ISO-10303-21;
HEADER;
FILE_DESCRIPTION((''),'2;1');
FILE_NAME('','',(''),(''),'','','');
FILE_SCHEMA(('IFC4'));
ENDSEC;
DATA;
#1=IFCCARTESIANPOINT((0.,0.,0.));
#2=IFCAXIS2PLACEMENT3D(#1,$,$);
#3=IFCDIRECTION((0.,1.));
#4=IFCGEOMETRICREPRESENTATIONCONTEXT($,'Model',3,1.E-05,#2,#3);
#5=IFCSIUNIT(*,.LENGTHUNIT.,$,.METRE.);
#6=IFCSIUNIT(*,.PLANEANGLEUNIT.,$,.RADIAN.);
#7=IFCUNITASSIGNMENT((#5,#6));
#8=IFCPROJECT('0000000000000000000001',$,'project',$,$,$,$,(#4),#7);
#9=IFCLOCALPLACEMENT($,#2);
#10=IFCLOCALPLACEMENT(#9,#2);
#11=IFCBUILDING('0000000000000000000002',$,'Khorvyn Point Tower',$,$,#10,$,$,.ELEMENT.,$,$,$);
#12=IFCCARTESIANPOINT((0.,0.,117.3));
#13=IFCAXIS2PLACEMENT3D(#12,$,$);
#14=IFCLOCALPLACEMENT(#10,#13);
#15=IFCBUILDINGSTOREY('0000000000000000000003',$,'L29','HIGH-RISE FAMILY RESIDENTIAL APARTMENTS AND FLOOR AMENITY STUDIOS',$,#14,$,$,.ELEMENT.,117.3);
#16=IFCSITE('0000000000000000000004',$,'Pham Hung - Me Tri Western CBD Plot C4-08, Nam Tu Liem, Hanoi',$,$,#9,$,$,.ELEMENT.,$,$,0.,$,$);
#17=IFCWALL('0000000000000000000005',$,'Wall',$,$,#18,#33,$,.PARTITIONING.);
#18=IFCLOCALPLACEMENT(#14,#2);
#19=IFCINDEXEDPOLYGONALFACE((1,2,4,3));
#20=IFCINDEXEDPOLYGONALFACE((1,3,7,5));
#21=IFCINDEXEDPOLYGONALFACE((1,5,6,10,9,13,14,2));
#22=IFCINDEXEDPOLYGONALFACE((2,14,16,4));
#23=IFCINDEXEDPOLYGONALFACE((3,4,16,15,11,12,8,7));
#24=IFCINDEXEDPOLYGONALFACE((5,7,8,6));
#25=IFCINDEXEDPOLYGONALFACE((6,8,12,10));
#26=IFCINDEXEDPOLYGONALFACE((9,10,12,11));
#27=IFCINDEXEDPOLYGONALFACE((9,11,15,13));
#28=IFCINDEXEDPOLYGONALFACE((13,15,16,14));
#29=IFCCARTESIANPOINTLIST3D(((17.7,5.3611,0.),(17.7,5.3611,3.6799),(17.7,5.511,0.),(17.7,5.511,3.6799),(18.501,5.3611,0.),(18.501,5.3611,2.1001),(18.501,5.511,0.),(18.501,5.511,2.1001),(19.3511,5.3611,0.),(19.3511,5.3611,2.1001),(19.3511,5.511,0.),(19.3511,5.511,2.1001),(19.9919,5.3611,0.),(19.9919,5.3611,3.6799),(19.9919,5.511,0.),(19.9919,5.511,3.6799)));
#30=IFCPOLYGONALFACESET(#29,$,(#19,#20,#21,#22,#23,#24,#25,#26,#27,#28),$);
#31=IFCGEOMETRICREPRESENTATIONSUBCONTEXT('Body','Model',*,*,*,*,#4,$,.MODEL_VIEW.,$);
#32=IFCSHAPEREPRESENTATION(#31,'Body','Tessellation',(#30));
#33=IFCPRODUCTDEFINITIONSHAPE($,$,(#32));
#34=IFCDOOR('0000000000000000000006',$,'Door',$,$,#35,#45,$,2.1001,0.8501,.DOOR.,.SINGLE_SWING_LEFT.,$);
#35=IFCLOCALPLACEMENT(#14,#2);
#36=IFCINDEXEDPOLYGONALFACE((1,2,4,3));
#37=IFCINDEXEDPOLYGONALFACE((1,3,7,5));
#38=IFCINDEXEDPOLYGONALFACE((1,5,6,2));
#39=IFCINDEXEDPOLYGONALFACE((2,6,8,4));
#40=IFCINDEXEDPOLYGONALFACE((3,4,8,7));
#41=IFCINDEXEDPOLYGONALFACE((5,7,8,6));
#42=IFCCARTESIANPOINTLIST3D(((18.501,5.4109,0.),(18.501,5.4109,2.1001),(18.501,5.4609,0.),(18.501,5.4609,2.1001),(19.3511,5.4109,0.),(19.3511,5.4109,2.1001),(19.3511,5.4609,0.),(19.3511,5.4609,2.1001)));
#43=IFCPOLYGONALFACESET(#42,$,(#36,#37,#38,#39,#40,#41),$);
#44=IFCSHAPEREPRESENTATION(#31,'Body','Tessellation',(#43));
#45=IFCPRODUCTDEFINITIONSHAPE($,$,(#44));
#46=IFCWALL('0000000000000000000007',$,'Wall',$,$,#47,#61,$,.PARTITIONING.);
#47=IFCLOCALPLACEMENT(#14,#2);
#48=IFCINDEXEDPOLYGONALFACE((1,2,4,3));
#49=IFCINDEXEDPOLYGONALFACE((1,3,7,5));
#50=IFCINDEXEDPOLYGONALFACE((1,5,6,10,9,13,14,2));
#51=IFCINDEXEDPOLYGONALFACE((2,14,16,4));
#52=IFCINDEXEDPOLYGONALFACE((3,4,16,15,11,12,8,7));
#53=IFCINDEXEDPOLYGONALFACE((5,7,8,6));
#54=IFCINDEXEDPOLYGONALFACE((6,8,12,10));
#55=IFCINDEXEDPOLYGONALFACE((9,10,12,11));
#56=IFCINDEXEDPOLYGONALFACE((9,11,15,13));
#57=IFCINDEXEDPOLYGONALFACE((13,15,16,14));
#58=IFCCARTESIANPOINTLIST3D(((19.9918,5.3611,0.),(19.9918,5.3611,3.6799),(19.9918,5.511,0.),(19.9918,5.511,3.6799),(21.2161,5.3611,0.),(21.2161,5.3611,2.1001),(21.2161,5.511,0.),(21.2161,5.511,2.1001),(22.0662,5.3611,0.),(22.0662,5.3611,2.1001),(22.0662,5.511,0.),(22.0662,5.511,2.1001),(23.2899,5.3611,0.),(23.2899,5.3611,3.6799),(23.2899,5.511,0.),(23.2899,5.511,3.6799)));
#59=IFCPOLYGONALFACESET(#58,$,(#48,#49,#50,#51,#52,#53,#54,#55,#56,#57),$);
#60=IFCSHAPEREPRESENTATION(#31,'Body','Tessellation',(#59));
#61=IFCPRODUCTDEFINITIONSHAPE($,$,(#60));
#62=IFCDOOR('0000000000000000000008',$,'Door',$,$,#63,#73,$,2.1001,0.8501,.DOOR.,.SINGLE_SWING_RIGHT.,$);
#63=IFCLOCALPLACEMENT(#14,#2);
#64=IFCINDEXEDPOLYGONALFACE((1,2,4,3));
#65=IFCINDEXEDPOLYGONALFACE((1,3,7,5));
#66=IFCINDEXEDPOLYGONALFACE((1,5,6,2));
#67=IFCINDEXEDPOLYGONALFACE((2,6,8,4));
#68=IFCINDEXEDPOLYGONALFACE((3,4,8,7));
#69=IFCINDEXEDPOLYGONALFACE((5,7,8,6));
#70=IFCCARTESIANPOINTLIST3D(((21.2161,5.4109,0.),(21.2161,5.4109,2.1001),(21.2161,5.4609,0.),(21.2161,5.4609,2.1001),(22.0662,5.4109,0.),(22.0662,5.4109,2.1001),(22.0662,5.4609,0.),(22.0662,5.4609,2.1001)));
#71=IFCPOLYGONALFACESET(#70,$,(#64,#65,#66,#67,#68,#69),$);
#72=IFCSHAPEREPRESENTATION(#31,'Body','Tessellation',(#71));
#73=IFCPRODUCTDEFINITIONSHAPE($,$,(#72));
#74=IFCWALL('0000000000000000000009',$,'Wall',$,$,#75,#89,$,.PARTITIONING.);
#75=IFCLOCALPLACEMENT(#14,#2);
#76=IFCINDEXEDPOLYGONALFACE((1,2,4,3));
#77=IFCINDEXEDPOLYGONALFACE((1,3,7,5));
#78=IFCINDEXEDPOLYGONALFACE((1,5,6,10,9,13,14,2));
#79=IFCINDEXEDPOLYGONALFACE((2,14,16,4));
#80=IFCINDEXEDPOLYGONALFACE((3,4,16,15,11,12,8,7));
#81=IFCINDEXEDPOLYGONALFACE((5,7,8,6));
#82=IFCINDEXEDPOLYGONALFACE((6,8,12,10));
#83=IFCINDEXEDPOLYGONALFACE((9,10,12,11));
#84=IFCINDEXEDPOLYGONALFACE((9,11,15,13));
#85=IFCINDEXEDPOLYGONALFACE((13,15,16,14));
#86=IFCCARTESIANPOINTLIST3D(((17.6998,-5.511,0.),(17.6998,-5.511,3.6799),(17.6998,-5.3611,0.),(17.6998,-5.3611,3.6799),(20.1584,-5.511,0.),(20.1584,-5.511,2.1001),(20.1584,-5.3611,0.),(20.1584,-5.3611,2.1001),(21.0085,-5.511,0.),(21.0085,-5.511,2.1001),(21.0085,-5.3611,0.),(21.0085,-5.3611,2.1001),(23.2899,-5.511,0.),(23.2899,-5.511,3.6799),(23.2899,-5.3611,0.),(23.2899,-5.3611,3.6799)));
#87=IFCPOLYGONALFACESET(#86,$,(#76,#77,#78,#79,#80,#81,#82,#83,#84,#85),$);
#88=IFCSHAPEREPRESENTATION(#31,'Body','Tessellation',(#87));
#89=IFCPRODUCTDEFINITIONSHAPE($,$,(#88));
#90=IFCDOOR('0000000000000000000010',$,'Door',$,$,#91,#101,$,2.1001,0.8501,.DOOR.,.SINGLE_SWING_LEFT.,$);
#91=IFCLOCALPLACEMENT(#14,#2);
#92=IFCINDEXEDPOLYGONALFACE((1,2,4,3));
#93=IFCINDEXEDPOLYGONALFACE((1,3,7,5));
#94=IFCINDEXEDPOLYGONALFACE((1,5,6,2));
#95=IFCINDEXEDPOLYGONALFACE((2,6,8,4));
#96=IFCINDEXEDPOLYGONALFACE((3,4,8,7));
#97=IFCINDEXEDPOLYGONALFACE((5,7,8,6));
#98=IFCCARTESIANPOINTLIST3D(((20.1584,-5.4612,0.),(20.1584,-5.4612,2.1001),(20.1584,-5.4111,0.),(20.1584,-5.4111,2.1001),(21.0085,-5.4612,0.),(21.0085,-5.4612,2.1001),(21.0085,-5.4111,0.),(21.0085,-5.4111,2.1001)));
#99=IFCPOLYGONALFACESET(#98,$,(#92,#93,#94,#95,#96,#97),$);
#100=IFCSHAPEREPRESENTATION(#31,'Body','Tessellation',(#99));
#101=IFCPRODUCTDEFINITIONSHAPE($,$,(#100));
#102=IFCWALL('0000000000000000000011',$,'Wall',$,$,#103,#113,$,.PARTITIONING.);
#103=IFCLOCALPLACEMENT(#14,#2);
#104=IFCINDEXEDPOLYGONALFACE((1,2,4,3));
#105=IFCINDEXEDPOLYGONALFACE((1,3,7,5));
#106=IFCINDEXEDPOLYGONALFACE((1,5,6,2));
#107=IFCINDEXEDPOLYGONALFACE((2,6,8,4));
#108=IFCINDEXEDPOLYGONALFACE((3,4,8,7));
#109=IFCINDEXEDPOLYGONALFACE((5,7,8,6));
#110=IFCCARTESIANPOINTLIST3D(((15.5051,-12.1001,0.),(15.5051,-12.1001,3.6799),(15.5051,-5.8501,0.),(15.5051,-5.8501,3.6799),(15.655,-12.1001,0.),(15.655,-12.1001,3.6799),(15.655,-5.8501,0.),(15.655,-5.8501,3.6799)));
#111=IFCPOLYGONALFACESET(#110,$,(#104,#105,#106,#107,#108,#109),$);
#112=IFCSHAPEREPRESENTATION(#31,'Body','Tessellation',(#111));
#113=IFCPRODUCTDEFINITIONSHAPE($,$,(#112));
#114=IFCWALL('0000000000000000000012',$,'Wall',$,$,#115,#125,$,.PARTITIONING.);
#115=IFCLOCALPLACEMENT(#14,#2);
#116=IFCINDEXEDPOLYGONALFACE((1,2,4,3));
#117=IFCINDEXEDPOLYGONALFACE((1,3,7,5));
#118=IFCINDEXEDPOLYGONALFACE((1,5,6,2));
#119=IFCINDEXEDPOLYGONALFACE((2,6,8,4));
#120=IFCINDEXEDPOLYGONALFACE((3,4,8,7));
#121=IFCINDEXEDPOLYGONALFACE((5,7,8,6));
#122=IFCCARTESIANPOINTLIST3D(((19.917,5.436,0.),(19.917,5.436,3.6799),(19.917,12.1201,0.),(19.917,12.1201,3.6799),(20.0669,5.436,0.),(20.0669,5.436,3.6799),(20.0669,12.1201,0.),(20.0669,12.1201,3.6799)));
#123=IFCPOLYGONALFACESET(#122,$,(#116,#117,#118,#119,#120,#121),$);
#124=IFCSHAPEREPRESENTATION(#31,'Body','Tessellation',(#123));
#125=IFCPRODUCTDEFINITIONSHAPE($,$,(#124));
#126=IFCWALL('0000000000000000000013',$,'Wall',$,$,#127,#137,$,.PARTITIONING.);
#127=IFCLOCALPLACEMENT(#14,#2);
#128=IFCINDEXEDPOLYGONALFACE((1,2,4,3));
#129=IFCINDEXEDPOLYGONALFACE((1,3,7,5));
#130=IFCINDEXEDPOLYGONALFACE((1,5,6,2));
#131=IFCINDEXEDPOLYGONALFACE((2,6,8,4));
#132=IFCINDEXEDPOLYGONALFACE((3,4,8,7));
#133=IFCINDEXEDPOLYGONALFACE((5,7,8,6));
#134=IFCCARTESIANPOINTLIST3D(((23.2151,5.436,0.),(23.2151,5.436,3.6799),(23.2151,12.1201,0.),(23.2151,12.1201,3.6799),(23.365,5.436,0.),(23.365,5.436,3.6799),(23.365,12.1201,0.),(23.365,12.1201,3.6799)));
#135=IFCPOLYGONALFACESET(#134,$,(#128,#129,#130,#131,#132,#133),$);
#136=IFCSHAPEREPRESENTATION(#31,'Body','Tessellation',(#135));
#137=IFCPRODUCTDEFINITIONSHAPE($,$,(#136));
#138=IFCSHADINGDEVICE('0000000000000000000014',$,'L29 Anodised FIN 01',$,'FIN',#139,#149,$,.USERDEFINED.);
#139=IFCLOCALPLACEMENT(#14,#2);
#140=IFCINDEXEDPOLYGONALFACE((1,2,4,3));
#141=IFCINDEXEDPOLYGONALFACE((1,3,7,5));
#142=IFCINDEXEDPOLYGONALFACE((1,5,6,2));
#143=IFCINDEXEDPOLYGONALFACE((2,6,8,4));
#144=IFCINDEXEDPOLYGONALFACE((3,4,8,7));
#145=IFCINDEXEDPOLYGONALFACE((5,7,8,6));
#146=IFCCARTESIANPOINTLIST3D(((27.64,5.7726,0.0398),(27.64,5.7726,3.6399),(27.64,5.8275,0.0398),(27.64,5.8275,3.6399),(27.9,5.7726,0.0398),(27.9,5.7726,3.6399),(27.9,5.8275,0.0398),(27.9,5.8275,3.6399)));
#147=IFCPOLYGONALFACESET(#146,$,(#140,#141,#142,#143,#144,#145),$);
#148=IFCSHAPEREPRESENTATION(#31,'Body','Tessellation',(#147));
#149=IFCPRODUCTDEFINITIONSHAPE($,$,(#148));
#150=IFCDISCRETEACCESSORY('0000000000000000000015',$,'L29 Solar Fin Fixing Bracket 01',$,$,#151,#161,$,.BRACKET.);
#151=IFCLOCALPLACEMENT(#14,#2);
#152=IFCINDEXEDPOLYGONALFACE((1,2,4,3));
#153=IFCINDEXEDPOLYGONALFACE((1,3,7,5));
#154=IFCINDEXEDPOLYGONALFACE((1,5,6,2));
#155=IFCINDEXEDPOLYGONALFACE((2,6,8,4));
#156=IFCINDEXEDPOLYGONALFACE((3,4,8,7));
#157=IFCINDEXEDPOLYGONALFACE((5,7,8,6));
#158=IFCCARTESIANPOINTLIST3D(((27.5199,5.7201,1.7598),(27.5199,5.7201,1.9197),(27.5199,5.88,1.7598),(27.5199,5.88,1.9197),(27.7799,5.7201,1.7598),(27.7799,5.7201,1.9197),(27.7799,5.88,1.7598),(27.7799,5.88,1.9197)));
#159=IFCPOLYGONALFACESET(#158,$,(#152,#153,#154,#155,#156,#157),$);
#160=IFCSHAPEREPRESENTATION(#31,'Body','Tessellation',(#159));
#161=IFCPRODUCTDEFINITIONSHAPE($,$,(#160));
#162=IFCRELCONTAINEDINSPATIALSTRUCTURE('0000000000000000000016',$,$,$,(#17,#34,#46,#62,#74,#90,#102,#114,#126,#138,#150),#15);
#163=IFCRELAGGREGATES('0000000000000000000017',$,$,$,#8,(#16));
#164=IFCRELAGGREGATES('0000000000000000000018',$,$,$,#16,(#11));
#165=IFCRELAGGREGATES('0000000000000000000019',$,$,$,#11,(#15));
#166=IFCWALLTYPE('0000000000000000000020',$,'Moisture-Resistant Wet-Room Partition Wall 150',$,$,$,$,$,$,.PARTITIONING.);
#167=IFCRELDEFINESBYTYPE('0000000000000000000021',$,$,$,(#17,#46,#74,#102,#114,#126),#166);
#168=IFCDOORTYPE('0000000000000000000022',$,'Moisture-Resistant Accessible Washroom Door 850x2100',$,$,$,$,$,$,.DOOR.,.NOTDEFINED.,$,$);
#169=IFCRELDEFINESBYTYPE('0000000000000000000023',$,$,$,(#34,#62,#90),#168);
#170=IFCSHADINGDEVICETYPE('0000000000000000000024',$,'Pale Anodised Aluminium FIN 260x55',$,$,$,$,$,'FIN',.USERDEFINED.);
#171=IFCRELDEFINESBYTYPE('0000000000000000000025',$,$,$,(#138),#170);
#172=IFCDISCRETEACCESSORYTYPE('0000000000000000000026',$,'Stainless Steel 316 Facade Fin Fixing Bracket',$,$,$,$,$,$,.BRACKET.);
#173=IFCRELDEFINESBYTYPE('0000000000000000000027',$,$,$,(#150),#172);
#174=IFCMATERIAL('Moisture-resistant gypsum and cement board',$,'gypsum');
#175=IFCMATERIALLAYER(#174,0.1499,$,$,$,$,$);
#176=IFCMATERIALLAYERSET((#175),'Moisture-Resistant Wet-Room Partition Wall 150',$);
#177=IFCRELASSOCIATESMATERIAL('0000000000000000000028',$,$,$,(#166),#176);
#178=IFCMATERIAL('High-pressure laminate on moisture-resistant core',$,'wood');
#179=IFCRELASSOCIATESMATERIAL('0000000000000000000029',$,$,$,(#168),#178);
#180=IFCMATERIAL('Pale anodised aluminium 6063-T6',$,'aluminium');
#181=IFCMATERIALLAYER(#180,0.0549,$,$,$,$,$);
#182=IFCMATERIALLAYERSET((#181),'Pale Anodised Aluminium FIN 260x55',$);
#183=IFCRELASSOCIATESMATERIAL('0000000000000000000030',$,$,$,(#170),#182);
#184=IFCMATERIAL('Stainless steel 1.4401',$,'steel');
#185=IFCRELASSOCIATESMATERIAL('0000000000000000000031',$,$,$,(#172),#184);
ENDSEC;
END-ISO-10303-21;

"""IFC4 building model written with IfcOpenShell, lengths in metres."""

from ifc_helpers import new_model, si_unit, direction, frame, frame_2d, origin, origin_2d, place, context, subcontext, project, spatial, rectangle, extrude, material, layer, layer_set, type_object, element, fill, save


model = new_model("IFC4")

# Units and contexts
model_context = context("Model", 3, precision=1e-05, world=origin(), true_north=direction((0.0, 1.0)))
body_context = subcontext(model_context, "Body", "Model", "MODEL_VIEW")
ifc_project = project(units=[si_unit("LENGTHUNIT", "METRE"), si_unit("PLANEANGLEUNIT", "RADIAN")], contexts=[model_context])

# Site, building, storey
site_placement = place(None, origin())
site = spatial("IfcSite", under=ifc_project, at=site_placement, Name="Pham Hung - Me Tri Western CBD Plot C4-08, Nam Tu Liem, Hanoi", CompositionType="ELEMENT", RefElevation=0.0)
building_placement = place(site_placement, origin())
building = spatial("IfcBuilding", under=site, at=building_placement, Name="Khorvyn Point Tower", CompositionType="ELEMENT")
storey_placement = place(building_placement, frame((0.0, 0.0, 117.3)))
storey = spatial("IfcBuildingStorey", under=building, at=storey_placement, Name="L29", Description="HIGH-RISE FAMILY RESIDENTIAL APARTMENTS AND FLOOR AMENITY STUDIOS", CompositionType="ELEMENT", Elevation=117.3)

# Walls, openings, doors
ifc_material_1 = material(Name="Moisture-resistant gypsum and cement board", Category="gypsum")
ifc_layer_1 = layer(ifc_material_1, 0.1499)
ifc_layer_set_1 = layer_set([ifc_layer_1], Name="Moisture-Resistant Wet-Room Partition Wall 150")
wall_type_1 = type_object("IfcWallType", Name="Moisture-Resistant Wet-Room Partition Wall 150", PredefinedType="PARTITIONING", material=ifc_layer_set_1)
wall_1_placement = place(storey_placement, frame((17.7, 5.436, 0.0), z_axis=(0.0, 0.0, 1.0), x_axis=(1.0, 0.0, 0.0)))
wall_1 = element("IfcWall", 1, at=wall_1_placement, inside=storey, type_object=wall_type_1, Name="Wall", PredefinedType="PARTITIONING", context=body_context, shape_type="SweptSolid", body=[
    extrude(rectangle(XDim=2.292, YDim=0.1499, at=frame_2d((1.146, 0.0))), origin(), (0.0, 0.0, 1.0), 3.6799),
])
opening_1_placement = place(wall_1_placement, frame((0.801, 0.0, 0.0)))
opening_1 = element("IfcOpeningElement", 2, at=opening_1_placement, cuts=wall_1, PredefinedType="OPENING", context=body_context, shape_type="SweptSolid", body=[
    extrude(rectangle(XDim=0.8501, YDim=2.1001, at=frame_2d((0.425, 1.05))), frame((0.0, 0.085, 0.0), z_axis=(0.0, -1.0, 0.0), x_axis=(1.0, 0.0, 0.0)), (0.0, 0.0, 1.0), 0.1699),
])
ifc_material_2 = material(Name="High-pressure laminate on moisture-resistant core", Category="wood")
door_type_1 = type_object("IfcDoorType", Name="Moisture-Resistant Accessible Washroom Door 850x2100", OperationType="NOTDEFINED", PredefinedType="DOOR", material=ifc_material_2)
door_1_placement = place(opening_1_placement, origin())
door_1 = element("IfcDoor", 3, at=door_1_placement, inside=storey, type_object=door_type_1, Name="Door", OperationType="SINGLE_SWING_LEFT", OverallHeight=2.1001, OverallWidth=0.8501, PredefinedType="DOOR", context=body_context, shape_type="SweptSolid", body=[
    extrude(rectangle(XDim=0.8501, YDim=2.1001, at=frame_2d((0.425, 1.05))), frame((0.0, 0.0249, 0.0), z_axis=(0.0, -1.0, 0.0), x_axis=(1.0, 0.0, 0.0)), (0.0, 0.0, 1.0), 0.05),
])
fill(opening_1, door_1)
wall_2_placement = place(storey_placement, frame((19.9919, 5.436, 0.0), z_axis=(0.0, 0.0, 1.0), x_axis=(1.0, 0.0, 0.0)))
wall_2 = element("IfcWall", 4, at=wall_2_placement, inside=storey, type_object=wall_type_1, Name="Wall", PredefinedType="PARTITIONING", context=body_context, shape_type="SweptSolid", body=[
    extrude(rectangle(XDim=3.2981, YDim=0.1499, at=frame_2d((1.6489, 0.0))), origin(), (0.0, 0.0, 1.0), 3.6799),
])
opening_2_placement = place(wall_2_placement, frame((1.2241, 0.0, 0.0)))
opening_2 = element("IfcOpeningElement", 5, at=opening_2_placement, cuts=wall_2, PredefinedType="OPENING", context=body_context, shape_type="SweptSolid", body=[
    extrude(rectangle(XDim=0.8501, YDim=2.1001, at=frame_2d((0.425, 1.05))), frame((0.0, 0.085, 0.0), z_axis=(0.0, -1.0, 0.0), x_axis=(1.0, 0.0, 0.0)), (0.0, 0.0, 1.0), 0.1699),
])
door_2_placement = place(opening_2_placement, origin())
door_2 = element("IfcDoor", 6, at=door_2_placement, inside=storey, type_object=door_type_1, Name="Door", OperationType="SINGLE_SWING_RIGHT", OverallHeight=2.1001, OverallWidth=0.8501, PredefinedType="DOOR", context=body_context, shape_type="SweptSolid", body=[
    extrude(rectangle(XDim=0.8501, YDim=2.1001, at=frame_2d((0.425, 1.05))), frame((0.0, 0.0249, 0.0), z_axis=(0.0, -1.0, 0.0), x_axis=(1.0, 0.0, 0.0)), (0.0, 0.0, 1.0), 0.05),
])
fill(opening_2, door_2)
wall_3_placement = place(storey_placement, frame((17.7, -5.436, 0.0), z_axis=(0.0, 0.0, 1.0), x_axis=(1.0, 0.0, 0.0)))
wall_3 = element("IfcWall", 7, at=wall_3_placement, inside=storey, type_object=wall_type_1, Name="Wall", PredefinedType="PARTITIONING", context=body_context, shape_type="SweptSolid", body=[
    extrude(rectangle(XDim=5.5901, YDim=0.1499, at=frame_2d((2.7949, 0.0))), origin(), (0.0, 0.0, 1.0), 3.6799),
])
opening_3_placement = place(wall_3_placement, frame((2.4585, 0.0, 0.0)))
opening_3 = element("IfcOpeningElement", 8, at=opening_3_placement, cuts=wall_3, PredefinedType="OPENING", context=body_context, shape_type="SweptSolid", body=[
    extrude(rectangle(XDim=0.8501, YDim=2.1001, at=frame_2d((0.425, 1.05))), frame((0.0, 0.085, 0.0), z_axis=(0.0, -1.0, 0.0), x_axis=(1.0, 0.0, 0.0)), (0.0, 0.0, 1.0), 0.1699),
])
door_3_placement = place(opening_3_placement, origin())
door_3 = element("IfcDoor", 9, at=door_3_placement, inside=storey, type_object=door_type_1, Name="Door", OperationType="SINGLE_SWING_LEFT", OverallHeight=2.1001, OverallWidth=0.8501, PredefinedType="DOOR", context=body_context, shape_type="SweptSolid", body=[
    extrude(rectangle(XDim=0.8501, YDim=2.1001, at=frame_2d((0.425, 1.05))), frame((0.0, 0.0249, 0.0), z_axis=(0.0, -1.0, 0.0), x_axis=(1.0, 0.0, 0.0)), (0.0, 0.0, 1.0), 0.05),
])
fill(opening_3, door_3)

# Walls
wall_4_placement = place(storey_placement, frame((15.5801, -12.1001, 0.0), z_axis=(0.0, 0.0, 1.0), x_axis=(0.0, 1.0, 0.0)))
element("IfcWall", 10, at=wall_4_placement, inside=storey, type_object=wall_type_1, Name="Wall", PredefinedType="PARTITIONING", context=body_context, shape_type="SweptSolid", body=[
    extrude(rectangle(XDim=6.25, YDim=0.1499, at=frame_2d((3.125, 0.0))), origin(), (0.0, 0.0, 1.0), 3.6799),
])
for number, where, z_axis, x_axis, name in (
    (11, (19.9919, 5.436, 0.0), (0.0, 0.0, 1.0), (0.0, 1.0, 0.0), "Wall"),
    (12, (23.29, 5.436, 0.0), (0.0, 0.0, 1.0), (0.0, 1.0, 0.0), "Wall"),
):
    element("IfcWall", number, at=place(storey_placement, frame(where, z_axis=z_axis, x_axis=x_axis)), inside=storey, type_object=wall_type_1, Name=name, PredefinedType="PARTITIONING", context=body_context, shape_type="SweptSolid", body=[
        extrude(rectangle(XDim=6.6841, YDim=0.1499, at=frame_2d((3.342, 0.0))), origin(), (0.0, 0.0, 1.0), 3.6799),
    ])

# Shading device
ifc_material_3 = material(Name="Pale anodised aluminium 6063-T6", Category="aluminium")
ifc_layer_2 = layer(ifc_material_3, 0.0549)
ifc_layer_set_2 = layer_set([ifc_layer_2], Name="Pale Anodised Aluminium FIN 260x55")
shading_device_type = type_object("IfcShadingDeviceType", Name="Pale Anodised Aluminium FIN 260x55", ElementType="FIN", PredefinedType="USERDEFINED", material=ifc_layer_set_2)
shading_device_placement = place(storey_placement, frame((27.77, 5.8, 0.0398), z_axis=(0.0, 0.0, 1.0), x_axis=(1.0, 0.0, 0.0)))
element("IfcShadingDevice", 13, at=shading_device_placement, inside=storey, type_object=shading_device_type, Name="L29 Anodised FIN 01", ObjectType="FIN", PredefinedType="USERDEFINED", context=body_context, shape_type="SweptSolid", body=[
    extrude(rectangle(XDim=0.26, YDim=0.0549, at=origin_2d()), origin(), (0.0, 0.0, 1.0), 3.6001),
])

# Discrete accessory
ifc_material_4 = material(Name="Stainless steel 1.4401", Category="steel")
discrete_accessory_type = type_object("IfcDiscreteAccessoryType", Name="Stainless Steel 316 Facade Fin Fixing Bracket", PredefinedType="BRACKET", material=ifc_material_4)
discrete_accessory_placement = place(storey_placement, frame((27.6499, 5.8, 1.7598), z_axis=(0.0, 0.0, 1.0), x_axis=(0.0, -1.0, 0.0)))
element("IfcDiscreteAccessory", 14, at=discrete_accessory_placement, inside=storey, type_object=discrete_accessory_type, Name="L29 Solar Fin Fixing Bracket 01", PredefinedType="BRACKET", context=body_context, shape_type="SweptSolid", body=[
    extrude(rectangle(XDim=0.1599, YDim=0.26, at=origin_2d()), origin(), (0.0, 0.0, 1.0), 0.1599),
])

save(model, "model.ifc")
